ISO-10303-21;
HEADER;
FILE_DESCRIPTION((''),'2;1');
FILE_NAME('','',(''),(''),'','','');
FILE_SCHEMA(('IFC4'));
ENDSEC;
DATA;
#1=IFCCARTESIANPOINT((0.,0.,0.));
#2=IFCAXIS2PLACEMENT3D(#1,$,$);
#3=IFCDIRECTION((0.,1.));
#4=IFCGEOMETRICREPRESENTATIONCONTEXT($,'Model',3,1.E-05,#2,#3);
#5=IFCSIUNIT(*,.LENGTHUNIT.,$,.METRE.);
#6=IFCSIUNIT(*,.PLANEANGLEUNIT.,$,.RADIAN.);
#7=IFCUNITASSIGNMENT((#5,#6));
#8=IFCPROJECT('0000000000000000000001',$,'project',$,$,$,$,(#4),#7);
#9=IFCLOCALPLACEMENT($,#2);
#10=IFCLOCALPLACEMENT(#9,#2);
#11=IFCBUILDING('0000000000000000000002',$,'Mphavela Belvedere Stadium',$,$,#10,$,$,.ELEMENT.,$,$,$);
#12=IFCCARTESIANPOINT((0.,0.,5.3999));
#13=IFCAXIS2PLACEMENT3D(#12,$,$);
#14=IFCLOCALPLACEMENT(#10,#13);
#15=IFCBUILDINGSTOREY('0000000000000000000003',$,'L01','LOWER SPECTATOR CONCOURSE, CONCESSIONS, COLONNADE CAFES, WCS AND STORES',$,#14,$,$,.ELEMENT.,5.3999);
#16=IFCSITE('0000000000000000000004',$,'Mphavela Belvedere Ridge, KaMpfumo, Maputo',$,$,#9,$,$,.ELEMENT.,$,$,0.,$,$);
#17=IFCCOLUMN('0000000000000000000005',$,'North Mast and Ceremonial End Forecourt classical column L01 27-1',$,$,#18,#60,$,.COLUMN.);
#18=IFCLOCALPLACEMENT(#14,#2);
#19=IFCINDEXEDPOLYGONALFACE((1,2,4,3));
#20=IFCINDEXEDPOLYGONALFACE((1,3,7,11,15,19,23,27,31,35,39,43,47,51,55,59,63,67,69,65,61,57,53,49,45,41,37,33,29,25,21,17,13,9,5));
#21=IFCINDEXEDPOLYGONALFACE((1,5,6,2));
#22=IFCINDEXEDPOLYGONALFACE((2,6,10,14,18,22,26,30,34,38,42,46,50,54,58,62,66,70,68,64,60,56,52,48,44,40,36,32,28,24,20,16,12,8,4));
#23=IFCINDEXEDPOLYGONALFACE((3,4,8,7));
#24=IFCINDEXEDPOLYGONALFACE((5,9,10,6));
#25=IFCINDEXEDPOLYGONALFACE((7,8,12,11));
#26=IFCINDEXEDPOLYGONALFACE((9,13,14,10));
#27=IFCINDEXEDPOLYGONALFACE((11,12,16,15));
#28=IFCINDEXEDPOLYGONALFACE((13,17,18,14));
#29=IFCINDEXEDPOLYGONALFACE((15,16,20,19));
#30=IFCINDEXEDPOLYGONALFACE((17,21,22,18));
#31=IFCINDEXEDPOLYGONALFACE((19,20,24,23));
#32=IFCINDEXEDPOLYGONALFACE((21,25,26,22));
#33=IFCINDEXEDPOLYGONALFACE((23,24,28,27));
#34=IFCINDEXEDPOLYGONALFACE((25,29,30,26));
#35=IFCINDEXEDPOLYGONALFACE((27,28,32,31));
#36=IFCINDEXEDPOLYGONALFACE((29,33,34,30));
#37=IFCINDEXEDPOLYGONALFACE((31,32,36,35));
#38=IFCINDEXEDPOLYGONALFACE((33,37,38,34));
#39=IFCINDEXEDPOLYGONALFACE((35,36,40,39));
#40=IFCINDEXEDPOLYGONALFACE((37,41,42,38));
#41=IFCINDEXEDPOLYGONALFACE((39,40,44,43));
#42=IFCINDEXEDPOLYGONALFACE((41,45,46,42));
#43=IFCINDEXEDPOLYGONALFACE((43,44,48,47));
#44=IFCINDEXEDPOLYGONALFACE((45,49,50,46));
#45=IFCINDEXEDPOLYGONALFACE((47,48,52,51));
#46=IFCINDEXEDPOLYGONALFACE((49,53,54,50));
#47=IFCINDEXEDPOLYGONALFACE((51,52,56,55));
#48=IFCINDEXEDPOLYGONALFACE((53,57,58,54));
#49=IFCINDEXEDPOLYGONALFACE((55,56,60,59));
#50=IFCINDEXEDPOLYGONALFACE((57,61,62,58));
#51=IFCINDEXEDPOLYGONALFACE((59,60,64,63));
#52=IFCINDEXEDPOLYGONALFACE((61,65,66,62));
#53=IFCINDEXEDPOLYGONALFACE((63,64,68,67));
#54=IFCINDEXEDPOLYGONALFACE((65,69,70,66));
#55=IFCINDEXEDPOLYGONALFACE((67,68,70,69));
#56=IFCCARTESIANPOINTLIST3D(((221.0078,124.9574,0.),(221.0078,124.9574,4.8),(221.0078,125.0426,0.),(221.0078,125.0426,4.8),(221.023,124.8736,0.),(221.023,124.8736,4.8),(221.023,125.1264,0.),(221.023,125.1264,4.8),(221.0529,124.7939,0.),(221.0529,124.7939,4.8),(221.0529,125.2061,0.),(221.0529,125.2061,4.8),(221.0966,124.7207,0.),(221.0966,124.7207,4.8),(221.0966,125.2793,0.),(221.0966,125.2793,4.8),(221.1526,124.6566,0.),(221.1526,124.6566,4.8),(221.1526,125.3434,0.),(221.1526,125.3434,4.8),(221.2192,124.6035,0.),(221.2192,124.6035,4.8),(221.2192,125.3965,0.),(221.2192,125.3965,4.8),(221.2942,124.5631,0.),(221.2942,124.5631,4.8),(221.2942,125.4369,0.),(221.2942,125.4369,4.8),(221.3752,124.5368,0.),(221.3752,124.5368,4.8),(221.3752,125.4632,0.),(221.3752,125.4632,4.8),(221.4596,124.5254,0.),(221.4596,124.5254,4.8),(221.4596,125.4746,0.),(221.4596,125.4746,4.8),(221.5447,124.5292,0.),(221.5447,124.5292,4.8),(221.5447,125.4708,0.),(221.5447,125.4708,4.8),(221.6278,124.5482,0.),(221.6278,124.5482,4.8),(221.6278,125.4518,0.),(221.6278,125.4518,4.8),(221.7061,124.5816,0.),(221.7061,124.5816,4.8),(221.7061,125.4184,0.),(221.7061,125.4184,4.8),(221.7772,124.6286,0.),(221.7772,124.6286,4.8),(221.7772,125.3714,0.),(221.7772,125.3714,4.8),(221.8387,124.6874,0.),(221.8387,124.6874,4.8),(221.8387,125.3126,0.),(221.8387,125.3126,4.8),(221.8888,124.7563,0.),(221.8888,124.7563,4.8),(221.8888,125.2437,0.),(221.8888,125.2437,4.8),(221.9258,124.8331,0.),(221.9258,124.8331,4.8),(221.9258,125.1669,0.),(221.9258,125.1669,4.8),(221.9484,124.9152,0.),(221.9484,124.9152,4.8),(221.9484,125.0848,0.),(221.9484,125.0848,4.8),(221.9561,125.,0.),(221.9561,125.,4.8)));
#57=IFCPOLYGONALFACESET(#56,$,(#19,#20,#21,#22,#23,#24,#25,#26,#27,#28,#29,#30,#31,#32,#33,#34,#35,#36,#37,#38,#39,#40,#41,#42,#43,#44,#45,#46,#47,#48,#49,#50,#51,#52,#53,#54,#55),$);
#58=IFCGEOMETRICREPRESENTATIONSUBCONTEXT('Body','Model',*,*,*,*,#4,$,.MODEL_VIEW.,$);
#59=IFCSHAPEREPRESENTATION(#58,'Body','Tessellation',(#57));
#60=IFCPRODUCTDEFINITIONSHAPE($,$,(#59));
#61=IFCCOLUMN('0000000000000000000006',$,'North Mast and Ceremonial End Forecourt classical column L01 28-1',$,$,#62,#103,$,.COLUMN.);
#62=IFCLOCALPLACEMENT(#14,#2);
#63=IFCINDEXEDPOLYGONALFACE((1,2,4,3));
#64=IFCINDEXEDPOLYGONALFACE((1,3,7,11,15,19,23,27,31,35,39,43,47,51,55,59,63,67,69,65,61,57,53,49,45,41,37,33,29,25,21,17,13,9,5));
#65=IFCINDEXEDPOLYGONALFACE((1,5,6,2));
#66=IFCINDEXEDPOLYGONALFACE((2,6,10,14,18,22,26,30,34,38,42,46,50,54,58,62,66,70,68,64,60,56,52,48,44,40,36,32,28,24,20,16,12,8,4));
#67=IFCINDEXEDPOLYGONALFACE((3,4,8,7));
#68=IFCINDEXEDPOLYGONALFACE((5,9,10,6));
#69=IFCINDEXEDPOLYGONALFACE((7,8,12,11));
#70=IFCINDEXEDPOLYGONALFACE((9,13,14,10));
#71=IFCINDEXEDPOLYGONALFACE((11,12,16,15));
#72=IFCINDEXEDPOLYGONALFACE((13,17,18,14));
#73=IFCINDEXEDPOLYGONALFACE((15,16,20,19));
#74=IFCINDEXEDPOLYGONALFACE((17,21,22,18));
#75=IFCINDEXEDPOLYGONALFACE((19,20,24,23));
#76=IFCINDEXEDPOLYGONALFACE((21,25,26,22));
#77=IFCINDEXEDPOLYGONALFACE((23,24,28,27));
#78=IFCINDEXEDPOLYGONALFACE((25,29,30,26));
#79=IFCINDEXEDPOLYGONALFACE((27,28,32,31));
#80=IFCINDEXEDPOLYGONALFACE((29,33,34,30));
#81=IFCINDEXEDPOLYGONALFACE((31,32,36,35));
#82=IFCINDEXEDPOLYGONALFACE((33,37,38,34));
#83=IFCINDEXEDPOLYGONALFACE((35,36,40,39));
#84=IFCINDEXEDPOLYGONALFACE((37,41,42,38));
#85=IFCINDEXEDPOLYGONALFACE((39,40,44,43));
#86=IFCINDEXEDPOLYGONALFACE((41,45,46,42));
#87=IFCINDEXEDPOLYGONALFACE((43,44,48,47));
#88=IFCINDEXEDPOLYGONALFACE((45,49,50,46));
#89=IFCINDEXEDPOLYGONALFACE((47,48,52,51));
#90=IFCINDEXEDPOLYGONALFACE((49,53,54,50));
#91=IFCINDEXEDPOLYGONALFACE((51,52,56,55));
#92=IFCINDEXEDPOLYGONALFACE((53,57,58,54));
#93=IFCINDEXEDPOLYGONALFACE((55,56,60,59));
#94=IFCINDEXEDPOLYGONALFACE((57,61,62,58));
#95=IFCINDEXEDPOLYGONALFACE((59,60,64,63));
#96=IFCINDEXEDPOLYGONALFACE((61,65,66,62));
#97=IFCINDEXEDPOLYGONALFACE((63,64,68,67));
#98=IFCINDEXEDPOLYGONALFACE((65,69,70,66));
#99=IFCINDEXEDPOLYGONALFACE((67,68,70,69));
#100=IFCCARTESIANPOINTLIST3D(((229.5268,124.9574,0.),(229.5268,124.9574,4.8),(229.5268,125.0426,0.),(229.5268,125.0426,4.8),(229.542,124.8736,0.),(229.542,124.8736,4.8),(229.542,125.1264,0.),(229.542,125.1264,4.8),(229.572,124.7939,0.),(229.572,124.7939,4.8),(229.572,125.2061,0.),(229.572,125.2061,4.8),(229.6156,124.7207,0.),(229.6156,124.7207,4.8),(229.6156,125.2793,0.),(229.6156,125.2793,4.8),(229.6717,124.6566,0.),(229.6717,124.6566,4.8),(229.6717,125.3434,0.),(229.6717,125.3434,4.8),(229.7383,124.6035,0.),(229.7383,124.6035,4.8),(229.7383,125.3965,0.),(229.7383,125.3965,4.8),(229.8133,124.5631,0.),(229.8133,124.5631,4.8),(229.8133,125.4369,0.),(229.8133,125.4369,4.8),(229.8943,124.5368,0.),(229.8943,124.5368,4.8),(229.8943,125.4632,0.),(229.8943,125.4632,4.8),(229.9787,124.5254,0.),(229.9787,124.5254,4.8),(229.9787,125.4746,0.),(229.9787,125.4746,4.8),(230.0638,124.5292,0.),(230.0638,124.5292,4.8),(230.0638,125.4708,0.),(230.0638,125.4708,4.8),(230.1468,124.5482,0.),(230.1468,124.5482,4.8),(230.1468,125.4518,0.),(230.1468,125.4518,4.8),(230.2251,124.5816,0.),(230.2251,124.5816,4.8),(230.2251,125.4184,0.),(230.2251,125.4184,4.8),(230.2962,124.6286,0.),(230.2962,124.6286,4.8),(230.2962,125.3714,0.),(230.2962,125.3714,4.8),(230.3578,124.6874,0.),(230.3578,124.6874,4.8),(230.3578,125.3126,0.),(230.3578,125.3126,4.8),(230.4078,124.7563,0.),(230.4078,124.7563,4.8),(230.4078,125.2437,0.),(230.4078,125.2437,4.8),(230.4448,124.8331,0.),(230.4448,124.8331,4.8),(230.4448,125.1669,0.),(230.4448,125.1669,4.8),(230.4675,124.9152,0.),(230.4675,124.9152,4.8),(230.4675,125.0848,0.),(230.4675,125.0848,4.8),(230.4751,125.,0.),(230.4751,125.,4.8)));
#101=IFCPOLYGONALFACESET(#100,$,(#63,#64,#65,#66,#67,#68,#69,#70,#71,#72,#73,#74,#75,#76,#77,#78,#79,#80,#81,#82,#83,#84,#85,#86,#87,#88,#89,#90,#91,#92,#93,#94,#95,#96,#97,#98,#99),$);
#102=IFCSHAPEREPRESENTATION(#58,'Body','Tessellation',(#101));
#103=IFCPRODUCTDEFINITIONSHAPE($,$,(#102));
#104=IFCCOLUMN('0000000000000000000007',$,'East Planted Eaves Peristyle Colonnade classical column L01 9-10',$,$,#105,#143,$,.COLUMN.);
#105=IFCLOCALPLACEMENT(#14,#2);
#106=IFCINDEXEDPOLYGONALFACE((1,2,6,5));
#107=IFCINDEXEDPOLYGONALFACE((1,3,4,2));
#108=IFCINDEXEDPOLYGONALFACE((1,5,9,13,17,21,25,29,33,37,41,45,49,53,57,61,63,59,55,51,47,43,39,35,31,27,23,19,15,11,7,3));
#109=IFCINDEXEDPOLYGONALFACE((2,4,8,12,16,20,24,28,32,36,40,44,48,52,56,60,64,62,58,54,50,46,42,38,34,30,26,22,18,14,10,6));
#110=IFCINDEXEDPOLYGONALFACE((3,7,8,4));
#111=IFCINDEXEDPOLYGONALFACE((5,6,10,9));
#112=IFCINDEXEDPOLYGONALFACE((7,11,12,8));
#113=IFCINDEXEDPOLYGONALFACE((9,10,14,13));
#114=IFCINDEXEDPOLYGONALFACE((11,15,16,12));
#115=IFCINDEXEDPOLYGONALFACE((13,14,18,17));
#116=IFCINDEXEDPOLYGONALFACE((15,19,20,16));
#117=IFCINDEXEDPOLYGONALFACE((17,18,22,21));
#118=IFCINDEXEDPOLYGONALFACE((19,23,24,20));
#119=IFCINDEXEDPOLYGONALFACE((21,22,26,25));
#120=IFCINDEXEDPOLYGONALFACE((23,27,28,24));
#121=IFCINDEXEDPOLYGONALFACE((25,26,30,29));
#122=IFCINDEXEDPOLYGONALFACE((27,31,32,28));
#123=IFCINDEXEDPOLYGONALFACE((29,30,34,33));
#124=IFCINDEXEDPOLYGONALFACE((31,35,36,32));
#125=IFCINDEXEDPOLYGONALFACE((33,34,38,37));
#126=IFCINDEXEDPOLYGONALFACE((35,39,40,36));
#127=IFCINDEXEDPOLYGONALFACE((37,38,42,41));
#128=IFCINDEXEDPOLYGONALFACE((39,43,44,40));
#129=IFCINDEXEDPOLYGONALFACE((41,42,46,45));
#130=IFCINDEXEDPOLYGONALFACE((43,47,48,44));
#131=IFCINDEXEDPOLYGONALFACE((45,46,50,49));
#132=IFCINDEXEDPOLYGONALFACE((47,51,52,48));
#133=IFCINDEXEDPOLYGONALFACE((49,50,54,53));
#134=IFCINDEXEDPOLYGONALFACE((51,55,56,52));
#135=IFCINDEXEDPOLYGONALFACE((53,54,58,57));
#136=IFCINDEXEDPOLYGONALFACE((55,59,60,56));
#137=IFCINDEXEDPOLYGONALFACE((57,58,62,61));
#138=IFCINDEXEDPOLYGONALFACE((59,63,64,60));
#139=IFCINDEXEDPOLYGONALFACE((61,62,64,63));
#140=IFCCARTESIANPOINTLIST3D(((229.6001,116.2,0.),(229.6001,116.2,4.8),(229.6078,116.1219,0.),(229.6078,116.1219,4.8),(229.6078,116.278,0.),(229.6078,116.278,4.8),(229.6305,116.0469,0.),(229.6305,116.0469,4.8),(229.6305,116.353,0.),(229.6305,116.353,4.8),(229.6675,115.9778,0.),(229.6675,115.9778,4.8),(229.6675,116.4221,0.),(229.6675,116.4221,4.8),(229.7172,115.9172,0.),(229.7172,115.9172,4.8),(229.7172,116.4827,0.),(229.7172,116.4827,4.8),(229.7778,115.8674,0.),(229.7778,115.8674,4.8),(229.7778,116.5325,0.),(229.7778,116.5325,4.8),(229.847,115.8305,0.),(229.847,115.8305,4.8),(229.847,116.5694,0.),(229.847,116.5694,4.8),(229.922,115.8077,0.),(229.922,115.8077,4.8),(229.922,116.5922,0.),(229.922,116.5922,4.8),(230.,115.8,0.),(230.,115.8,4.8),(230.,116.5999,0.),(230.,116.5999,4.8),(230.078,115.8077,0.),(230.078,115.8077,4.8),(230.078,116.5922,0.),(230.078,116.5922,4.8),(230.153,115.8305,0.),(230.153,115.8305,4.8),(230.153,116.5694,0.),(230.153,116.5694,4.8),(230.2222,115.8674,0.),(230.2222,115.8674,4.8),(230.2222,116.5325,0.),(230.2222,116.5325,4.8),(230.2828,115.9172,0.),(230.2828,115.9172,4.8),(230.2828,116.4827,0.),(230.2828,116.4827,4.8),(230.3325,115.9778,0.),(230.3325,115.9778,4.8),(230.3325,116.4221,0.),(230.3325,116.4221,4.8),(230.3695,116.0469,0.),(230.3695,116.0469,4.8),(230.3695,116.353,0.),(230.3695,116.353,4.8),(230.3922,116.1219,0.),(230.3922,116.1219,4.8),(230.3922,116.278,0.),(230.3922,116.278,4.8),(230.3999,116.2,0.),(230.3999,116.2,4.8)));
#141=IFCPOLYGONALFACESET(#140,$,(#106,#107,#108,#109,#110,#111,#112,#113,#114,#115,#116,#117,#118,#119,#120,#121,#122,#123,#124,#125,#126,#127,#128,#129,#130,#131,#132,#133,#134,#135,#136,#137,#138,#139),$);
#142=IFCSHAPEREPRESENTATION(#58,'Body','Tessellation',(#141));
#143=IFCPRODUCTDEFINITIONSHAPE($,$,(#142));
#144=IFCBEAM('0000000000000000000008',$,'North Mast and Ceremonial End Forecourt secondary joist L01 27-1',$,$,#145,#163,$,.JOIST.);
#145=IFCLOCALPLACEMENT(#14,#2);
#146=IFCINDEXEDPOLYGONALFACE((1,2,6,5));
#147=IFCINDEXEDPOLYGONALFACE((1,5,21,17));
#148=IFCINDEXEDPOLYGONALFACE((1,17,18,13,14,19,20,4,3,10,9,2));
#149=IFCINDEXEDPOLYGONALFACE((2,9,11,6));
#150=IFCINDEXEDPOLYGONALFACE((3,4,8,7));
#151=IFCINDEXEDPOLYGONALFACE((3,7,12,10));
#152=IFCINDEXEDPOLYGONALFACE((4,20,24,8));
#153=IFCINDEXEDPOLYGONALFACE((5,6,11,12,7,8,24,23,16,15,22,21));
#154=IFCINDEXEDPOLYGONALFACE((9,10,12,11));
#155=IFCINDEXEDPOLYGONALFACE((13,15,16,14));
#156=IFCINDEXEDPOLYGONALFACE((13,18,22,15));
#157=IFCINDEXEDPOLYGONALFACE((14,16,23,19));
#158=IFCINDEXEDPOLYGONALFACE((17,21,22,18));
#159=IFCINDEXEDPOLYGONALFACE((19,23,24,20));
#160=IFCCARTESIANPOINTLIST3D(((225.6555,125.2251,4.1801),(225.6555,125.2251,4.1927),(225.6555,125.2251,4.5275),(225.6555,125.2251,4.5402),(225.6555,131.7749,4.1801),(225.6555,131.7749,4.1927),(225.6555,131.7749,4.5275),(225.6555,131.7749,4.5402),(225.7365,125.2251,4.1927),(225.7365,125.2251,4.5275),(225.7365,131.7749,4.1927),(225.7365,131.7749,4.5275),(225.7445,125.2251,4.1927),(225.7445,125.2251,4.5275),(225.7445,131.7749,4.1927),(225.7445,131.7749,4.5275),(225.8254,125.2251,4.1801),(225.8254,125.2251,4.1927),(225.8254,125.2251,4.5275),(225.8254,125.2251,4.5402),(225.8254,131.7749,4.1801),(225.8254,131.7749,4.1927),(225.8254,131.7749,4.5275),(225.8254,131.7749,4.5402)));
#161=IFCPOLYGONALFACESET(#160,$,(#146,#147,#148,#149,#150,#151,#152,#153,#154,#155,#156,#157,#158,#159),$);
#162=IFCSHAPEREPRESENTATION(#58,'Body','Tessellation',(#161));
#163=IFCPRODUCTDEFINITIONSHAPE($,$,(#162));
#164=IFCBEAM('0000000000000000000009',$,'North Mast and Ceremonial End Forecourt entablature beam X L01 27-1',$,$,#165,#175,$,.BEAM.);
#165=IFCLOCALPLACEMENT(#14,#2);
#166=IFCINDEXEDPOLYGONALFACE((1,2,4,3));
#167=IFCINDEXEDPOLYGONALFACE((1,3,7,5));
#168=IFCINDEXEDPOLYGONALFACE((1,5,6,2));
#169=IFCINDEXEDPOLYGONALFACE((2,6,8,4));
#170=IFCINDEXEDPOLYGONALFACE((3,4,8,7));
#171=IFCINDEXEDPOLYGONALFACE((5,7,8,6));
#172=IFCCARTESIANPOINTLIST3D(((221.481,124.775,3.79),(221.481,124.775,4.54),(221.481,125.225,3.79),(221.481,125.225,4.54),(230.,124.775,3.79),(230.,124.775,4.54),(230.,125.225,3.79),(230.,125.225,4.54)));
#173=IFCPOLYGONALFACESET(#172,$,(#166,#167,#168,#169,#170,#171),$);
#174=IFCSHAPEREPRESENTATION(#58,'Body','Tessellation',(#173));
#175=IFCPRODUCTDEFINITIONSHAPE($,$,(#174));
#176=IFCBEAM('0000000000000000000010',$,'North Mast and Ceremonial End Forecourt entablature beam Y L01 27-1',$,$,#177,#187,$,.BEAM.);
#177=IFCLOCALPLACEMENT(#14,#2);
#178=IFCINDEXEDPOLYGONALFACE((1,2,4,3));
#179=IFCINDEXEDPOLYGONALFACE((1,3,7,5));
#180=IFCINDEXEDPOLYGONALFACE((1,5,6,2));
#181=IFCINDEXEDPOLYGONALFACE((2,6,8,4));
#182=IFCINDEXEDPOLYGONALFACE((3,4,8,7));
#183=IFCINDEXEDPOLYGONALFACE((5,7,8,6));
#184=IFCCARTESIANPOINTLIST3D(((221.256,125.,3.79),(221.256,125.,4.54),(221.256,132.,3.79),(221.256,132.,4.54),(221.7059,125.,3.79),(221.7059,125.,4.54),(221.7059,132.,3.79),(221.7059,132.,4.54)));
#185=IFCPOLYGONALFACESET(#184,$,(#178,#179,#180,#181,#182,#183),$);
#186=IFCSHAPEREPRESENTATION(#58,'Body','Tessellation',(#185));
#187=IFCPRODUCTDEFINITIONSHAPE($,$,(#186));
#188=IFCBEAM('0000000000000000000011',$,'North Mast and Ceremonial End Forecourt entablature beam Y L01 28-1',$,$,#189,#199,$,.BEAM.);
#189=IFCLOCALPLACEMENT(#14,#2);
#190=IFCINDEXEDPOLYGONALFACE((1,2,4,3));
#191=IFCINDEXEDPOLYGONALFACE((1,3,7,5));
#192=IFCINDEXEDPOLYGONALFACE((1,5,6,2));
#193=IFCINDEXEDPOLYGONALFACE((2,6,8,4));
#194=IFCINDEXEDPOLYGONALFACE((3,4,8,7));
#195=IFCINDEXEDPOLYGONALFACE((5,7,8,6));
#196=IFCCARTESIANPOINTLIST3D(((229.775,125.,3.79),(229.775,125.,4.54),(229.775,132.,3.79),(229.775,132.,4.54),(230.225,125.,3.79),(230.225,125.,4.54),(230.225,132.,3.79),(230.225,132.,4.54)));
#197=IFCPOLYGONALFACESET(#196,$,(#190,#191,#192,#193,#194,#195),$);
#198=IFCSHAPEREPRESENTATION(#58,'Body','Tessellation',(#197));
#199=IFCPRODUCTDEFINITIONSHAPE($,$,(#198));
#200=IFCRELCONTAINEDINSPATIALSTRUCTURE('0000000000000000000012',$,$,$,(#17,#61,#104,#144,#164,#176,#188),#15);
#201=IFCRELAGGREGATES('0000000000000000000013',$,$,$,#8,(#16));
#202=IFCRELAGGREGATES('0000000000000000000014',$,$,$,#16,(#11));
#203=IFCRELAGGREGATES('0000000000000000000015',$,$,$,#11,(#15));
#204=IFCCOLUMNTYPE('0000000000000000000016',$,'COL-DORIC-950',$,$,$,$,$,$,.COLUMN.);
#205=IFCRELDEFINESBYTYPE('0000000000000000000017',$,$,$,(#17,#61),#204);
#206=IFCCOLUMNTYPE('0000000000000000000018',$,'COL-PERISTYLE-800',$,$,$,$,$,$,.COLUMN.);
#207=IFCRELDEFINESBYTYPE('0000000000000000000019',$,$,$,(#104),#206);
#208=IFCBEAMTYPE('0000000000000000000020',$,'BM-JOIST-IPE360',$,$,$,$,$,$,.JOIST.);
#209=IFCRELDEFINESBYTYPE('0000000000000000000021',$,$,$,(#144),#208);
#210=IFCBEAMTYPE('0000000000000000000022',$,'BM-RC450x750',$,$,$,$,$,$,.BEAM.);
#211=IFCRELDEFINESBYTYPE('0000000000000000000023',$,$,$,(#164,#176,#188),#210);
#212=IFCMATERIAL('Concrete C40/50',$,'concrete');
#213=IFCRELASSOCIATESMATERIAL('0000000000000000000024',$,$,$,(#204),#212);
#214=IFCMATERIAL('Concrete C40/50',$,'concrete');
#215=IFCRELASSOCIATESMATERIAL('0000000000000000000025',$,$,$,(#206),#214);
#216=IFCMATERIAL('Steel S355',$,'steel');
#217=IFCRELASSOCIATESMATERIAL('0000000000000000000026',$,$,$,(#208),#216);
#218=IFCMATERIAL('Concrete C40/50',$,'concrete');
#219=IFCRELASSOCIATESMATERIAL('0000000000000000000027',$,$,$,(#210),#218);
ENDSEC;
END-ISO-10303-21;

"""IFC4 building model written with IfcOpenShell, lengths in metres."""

from ifc_helpers import new_model, si_unit, direction, frame, origin, origin_2d, place, context, subcontext, project, spatial, rectangle, circle, i_section, extrude, material, material_profile, profile_set, type_object, element, save


model = new_model("IFC4")

# Units and contexts
model_context = context("Model", 3, precision=1e-05, world=origin(), true_north=direction((0.0, 1.0)))
body_context = subcontext(model_context, "Body", "Model", "MODEL_VIEW")
ifc_project = project(units=[si_unit("LENGTHUNIT", "METRE"), si_unit("PLANEANGLEUNIT", "RADIAN")], contexts=[model_context])

# Site, building, storey
site_placement = place(None, origin())
site = spatial("IfcSite", under=ifc_project, at=site_placement, Name="Mphavela Belvedere Ridge, KaMpfumo, Maputo", CompositionType="ELEMENT", RefElevation=0.0)
building_placement = place(site_placement, origin())
building = spatial("IfcBuilding", under=site, at=building_placement, Name="Mphavela Belvedere Stadium", CompositionType="ELEMENT")
storey_placement = place(building_placement, frame((0.0, 0.0, 5.3999)))
storey = spatial("IfcBuildingStorey", under=building, at=storey_placement, Name="L01", Description="LOWER SPECTATOR CONCOURSE, CONCESSIONS, COLONNADE CAFES, WCS AND STORES", CompositionType="ELEMENT", Elevation=5.3999)

# Columns
ifc_material_1 = material(Name="Concrete C40/50", Category="concrete")
ifc_material_profile_1 = material_profile(ifc_material_1, circle(Radius=0.4751, at=origin_2d()), Name="COL D950")
ifc_profile_set_1 = profile_set([ifc_material_profile_1], Name="Concrete C40/50")
column_type_1 = type_object("IfcColumnType", Name="COL-DORIC-950", PredefinedType="COLUMN", material=ifc_profile_set_1)
for number, where, z_axis, x_axis, name in (
    (1, (221.481, 125.0, 0.0), (0.0, 0.0, 1.0), (1.0, 0.0, 0.0), "North Mast and Ceremonial End Forecourt classical column L01 27-1"),
    (2, (230.0, 125.0, 0.0), (0.0, 0.0, 1.0), (1.0, 0.0, 0.0), "North Mast and Ceremonial End Forecourt classical column L01 28-1"),
):
    element("IfcColumn", number, at=place(storey_placement, frame(where, z_axis=z_axis, x_axis=x_axis)), inside=storey, type_object=column_type_1, Name=name, PredefinedType="COLUMN", context=body_context, shape_type="SweptSolid", body=[
        extrude(circle(Radius=0.4751, at=origin_2d()), origin(), (0.0, 0.0, 1.0), 4.8),
    ])
ifc_material_2 = material(Name="Concrete C40/50", Category="concrete")
ifc_material_profile_2 = material_profile(ifc_material_2, circle(Radius=0.3999, at=origin_2d()), Name="COL D800")
ifc_profile_set_2 = profile_set([ifc_material_profile_2], Name="Concrete C40/50")
column_type_2 = type_object("IfcColumnType", Name="COL-PERISTYLE-800", PredefinedType="COLUMN", material=ifc_profile_set_2)
column_placement = place(storey_placement, frame((230.0, 116.2, 0.0), z_axis=(0.0, 0.0, 1.0), x_axis=(1.0, 0.0, 0.0)))
element("IfcColumn", 3, at=column_placement, inside=storey, type_object=column_type_2, Name="East Planted Eaves Peristyle Colonnade classical column L01 9-10", PredefinedType="COLUMN", context=body_context, shape_type="SweptSolid", body=[
    extrude(circle(Radius=0.3999, at=origin_2d()), origin(), (0.0, 0.0, 1.0), 4.8),
])

# Beams
ifc_material_3 = material(Name="Steel S355", Category="steel")
ifc_material_profile_3 = material_profile(ifc_material_3, i_section(OverallWidth=0.1699, OverallDepth=0.3601, WebThickness=0.0081, FlangeThickness=0.0127, at=origin_2d()), Name="IPE 360")
ifc_profile_set_3 = profile_set([ifc_material_profile_3], Name="Steel S355")
beam_type_1 = type_object("IfcBeamType", Name="BM-JOIST-IPE360", PredefinedType="JOIST", material=ifc_profile_set_3)
beam_1_placement = place(storey_placement, frame((225.7405, 125.2251, 4.3601), z_axis=(0.0, 1.0, 0.0), x_axis=(-1.0, 0.0, 0.0)))
element("IfcBeam", 4, at=beam_1_placement, inside=storey, type_object=beam_type_1, Name="North Mast and Ceremonial End Forecourt secondary joist L01 27-1", PredefinedType="JOIST", context=body_context, shape_type="SweptSolid", body=[
    extrude(i_section(OverallWidth=0.1699, OverallDepth=0.3601, WebThickness=0.0081, FlangeThickness=0.0127, at=origin_2d()), origin(), (0.0, 0.0, 1.0), 6.5498),
])
ifc_material_4 = material(Name="Concrete C40/50", Category="concrete")
ifc_material_profile_4 = material_profile(ifc_material_4, rectangle(XDim=0.45, YDim=0.75, at=origin_2d()), Name="RC 450x750")
ifc_profile_set_4 = profile_set([ifc_material_profile_4], Name="Concrete C40/50")
beam_type_2 = type_object("IfcBeamType", Name="BM-RC450x750", PredefinedType="BEAM", material=ifc_profile_set_4)
beam_2_placement = place(storey_placement, frame((221.481, 125.0, 4.165), z_axis=(1.0, 0.0, 0.0), x_axis=(0.0, 1.0, 0.0)))
element("IfcBeam", 5, at=beam_2_placement, inside=storey, type_object=beam_type_2, Name="North Mast and Ceremonial End Forecourt entablature beam X L01 27-1", PredefinedType="BEAM", context=body_context, shape_type="SweptSolid", body=[
    extrude(rectangle(XDim=0.45, YDim=0.75, at=origin_2d()), origin(), (0.0, 0.0, 1.0), 8.519),
])
for number, where, z_axis, x_axis, name in (
    (6, (221.481, 125.0, 4.165), (0.0, 1.0, 0.0), (-1.0, 0.0, 0.0), "North Mast and Ceremonial End Forecourt entablature beam Y L01 27-1"),
    (7, (230.0, 125.0, 4.165), (0.0, 1.0, 0.0), (-1.0, 0.0, 0.0), "North Mast and Ceremonial End Forecourt entablature beam Y L01 28-1"),
):
    element("IfcBeam", number, at=place(storey_placement, frame(where, z_axis=z_axis, x_axis=x_axis)), inside=storey, type_object=beam_type_2, Name=name, PredefinedType="BEAM", context=body_context, shape_type="SweptSolid", body=[
        extrude(rectangle(XDim=0.45, YDim=0.75, at=origin_2d()), origin(), (0.0, 0.0, 1.0), 7.0),
    ])

save(model, "model.ifc")
